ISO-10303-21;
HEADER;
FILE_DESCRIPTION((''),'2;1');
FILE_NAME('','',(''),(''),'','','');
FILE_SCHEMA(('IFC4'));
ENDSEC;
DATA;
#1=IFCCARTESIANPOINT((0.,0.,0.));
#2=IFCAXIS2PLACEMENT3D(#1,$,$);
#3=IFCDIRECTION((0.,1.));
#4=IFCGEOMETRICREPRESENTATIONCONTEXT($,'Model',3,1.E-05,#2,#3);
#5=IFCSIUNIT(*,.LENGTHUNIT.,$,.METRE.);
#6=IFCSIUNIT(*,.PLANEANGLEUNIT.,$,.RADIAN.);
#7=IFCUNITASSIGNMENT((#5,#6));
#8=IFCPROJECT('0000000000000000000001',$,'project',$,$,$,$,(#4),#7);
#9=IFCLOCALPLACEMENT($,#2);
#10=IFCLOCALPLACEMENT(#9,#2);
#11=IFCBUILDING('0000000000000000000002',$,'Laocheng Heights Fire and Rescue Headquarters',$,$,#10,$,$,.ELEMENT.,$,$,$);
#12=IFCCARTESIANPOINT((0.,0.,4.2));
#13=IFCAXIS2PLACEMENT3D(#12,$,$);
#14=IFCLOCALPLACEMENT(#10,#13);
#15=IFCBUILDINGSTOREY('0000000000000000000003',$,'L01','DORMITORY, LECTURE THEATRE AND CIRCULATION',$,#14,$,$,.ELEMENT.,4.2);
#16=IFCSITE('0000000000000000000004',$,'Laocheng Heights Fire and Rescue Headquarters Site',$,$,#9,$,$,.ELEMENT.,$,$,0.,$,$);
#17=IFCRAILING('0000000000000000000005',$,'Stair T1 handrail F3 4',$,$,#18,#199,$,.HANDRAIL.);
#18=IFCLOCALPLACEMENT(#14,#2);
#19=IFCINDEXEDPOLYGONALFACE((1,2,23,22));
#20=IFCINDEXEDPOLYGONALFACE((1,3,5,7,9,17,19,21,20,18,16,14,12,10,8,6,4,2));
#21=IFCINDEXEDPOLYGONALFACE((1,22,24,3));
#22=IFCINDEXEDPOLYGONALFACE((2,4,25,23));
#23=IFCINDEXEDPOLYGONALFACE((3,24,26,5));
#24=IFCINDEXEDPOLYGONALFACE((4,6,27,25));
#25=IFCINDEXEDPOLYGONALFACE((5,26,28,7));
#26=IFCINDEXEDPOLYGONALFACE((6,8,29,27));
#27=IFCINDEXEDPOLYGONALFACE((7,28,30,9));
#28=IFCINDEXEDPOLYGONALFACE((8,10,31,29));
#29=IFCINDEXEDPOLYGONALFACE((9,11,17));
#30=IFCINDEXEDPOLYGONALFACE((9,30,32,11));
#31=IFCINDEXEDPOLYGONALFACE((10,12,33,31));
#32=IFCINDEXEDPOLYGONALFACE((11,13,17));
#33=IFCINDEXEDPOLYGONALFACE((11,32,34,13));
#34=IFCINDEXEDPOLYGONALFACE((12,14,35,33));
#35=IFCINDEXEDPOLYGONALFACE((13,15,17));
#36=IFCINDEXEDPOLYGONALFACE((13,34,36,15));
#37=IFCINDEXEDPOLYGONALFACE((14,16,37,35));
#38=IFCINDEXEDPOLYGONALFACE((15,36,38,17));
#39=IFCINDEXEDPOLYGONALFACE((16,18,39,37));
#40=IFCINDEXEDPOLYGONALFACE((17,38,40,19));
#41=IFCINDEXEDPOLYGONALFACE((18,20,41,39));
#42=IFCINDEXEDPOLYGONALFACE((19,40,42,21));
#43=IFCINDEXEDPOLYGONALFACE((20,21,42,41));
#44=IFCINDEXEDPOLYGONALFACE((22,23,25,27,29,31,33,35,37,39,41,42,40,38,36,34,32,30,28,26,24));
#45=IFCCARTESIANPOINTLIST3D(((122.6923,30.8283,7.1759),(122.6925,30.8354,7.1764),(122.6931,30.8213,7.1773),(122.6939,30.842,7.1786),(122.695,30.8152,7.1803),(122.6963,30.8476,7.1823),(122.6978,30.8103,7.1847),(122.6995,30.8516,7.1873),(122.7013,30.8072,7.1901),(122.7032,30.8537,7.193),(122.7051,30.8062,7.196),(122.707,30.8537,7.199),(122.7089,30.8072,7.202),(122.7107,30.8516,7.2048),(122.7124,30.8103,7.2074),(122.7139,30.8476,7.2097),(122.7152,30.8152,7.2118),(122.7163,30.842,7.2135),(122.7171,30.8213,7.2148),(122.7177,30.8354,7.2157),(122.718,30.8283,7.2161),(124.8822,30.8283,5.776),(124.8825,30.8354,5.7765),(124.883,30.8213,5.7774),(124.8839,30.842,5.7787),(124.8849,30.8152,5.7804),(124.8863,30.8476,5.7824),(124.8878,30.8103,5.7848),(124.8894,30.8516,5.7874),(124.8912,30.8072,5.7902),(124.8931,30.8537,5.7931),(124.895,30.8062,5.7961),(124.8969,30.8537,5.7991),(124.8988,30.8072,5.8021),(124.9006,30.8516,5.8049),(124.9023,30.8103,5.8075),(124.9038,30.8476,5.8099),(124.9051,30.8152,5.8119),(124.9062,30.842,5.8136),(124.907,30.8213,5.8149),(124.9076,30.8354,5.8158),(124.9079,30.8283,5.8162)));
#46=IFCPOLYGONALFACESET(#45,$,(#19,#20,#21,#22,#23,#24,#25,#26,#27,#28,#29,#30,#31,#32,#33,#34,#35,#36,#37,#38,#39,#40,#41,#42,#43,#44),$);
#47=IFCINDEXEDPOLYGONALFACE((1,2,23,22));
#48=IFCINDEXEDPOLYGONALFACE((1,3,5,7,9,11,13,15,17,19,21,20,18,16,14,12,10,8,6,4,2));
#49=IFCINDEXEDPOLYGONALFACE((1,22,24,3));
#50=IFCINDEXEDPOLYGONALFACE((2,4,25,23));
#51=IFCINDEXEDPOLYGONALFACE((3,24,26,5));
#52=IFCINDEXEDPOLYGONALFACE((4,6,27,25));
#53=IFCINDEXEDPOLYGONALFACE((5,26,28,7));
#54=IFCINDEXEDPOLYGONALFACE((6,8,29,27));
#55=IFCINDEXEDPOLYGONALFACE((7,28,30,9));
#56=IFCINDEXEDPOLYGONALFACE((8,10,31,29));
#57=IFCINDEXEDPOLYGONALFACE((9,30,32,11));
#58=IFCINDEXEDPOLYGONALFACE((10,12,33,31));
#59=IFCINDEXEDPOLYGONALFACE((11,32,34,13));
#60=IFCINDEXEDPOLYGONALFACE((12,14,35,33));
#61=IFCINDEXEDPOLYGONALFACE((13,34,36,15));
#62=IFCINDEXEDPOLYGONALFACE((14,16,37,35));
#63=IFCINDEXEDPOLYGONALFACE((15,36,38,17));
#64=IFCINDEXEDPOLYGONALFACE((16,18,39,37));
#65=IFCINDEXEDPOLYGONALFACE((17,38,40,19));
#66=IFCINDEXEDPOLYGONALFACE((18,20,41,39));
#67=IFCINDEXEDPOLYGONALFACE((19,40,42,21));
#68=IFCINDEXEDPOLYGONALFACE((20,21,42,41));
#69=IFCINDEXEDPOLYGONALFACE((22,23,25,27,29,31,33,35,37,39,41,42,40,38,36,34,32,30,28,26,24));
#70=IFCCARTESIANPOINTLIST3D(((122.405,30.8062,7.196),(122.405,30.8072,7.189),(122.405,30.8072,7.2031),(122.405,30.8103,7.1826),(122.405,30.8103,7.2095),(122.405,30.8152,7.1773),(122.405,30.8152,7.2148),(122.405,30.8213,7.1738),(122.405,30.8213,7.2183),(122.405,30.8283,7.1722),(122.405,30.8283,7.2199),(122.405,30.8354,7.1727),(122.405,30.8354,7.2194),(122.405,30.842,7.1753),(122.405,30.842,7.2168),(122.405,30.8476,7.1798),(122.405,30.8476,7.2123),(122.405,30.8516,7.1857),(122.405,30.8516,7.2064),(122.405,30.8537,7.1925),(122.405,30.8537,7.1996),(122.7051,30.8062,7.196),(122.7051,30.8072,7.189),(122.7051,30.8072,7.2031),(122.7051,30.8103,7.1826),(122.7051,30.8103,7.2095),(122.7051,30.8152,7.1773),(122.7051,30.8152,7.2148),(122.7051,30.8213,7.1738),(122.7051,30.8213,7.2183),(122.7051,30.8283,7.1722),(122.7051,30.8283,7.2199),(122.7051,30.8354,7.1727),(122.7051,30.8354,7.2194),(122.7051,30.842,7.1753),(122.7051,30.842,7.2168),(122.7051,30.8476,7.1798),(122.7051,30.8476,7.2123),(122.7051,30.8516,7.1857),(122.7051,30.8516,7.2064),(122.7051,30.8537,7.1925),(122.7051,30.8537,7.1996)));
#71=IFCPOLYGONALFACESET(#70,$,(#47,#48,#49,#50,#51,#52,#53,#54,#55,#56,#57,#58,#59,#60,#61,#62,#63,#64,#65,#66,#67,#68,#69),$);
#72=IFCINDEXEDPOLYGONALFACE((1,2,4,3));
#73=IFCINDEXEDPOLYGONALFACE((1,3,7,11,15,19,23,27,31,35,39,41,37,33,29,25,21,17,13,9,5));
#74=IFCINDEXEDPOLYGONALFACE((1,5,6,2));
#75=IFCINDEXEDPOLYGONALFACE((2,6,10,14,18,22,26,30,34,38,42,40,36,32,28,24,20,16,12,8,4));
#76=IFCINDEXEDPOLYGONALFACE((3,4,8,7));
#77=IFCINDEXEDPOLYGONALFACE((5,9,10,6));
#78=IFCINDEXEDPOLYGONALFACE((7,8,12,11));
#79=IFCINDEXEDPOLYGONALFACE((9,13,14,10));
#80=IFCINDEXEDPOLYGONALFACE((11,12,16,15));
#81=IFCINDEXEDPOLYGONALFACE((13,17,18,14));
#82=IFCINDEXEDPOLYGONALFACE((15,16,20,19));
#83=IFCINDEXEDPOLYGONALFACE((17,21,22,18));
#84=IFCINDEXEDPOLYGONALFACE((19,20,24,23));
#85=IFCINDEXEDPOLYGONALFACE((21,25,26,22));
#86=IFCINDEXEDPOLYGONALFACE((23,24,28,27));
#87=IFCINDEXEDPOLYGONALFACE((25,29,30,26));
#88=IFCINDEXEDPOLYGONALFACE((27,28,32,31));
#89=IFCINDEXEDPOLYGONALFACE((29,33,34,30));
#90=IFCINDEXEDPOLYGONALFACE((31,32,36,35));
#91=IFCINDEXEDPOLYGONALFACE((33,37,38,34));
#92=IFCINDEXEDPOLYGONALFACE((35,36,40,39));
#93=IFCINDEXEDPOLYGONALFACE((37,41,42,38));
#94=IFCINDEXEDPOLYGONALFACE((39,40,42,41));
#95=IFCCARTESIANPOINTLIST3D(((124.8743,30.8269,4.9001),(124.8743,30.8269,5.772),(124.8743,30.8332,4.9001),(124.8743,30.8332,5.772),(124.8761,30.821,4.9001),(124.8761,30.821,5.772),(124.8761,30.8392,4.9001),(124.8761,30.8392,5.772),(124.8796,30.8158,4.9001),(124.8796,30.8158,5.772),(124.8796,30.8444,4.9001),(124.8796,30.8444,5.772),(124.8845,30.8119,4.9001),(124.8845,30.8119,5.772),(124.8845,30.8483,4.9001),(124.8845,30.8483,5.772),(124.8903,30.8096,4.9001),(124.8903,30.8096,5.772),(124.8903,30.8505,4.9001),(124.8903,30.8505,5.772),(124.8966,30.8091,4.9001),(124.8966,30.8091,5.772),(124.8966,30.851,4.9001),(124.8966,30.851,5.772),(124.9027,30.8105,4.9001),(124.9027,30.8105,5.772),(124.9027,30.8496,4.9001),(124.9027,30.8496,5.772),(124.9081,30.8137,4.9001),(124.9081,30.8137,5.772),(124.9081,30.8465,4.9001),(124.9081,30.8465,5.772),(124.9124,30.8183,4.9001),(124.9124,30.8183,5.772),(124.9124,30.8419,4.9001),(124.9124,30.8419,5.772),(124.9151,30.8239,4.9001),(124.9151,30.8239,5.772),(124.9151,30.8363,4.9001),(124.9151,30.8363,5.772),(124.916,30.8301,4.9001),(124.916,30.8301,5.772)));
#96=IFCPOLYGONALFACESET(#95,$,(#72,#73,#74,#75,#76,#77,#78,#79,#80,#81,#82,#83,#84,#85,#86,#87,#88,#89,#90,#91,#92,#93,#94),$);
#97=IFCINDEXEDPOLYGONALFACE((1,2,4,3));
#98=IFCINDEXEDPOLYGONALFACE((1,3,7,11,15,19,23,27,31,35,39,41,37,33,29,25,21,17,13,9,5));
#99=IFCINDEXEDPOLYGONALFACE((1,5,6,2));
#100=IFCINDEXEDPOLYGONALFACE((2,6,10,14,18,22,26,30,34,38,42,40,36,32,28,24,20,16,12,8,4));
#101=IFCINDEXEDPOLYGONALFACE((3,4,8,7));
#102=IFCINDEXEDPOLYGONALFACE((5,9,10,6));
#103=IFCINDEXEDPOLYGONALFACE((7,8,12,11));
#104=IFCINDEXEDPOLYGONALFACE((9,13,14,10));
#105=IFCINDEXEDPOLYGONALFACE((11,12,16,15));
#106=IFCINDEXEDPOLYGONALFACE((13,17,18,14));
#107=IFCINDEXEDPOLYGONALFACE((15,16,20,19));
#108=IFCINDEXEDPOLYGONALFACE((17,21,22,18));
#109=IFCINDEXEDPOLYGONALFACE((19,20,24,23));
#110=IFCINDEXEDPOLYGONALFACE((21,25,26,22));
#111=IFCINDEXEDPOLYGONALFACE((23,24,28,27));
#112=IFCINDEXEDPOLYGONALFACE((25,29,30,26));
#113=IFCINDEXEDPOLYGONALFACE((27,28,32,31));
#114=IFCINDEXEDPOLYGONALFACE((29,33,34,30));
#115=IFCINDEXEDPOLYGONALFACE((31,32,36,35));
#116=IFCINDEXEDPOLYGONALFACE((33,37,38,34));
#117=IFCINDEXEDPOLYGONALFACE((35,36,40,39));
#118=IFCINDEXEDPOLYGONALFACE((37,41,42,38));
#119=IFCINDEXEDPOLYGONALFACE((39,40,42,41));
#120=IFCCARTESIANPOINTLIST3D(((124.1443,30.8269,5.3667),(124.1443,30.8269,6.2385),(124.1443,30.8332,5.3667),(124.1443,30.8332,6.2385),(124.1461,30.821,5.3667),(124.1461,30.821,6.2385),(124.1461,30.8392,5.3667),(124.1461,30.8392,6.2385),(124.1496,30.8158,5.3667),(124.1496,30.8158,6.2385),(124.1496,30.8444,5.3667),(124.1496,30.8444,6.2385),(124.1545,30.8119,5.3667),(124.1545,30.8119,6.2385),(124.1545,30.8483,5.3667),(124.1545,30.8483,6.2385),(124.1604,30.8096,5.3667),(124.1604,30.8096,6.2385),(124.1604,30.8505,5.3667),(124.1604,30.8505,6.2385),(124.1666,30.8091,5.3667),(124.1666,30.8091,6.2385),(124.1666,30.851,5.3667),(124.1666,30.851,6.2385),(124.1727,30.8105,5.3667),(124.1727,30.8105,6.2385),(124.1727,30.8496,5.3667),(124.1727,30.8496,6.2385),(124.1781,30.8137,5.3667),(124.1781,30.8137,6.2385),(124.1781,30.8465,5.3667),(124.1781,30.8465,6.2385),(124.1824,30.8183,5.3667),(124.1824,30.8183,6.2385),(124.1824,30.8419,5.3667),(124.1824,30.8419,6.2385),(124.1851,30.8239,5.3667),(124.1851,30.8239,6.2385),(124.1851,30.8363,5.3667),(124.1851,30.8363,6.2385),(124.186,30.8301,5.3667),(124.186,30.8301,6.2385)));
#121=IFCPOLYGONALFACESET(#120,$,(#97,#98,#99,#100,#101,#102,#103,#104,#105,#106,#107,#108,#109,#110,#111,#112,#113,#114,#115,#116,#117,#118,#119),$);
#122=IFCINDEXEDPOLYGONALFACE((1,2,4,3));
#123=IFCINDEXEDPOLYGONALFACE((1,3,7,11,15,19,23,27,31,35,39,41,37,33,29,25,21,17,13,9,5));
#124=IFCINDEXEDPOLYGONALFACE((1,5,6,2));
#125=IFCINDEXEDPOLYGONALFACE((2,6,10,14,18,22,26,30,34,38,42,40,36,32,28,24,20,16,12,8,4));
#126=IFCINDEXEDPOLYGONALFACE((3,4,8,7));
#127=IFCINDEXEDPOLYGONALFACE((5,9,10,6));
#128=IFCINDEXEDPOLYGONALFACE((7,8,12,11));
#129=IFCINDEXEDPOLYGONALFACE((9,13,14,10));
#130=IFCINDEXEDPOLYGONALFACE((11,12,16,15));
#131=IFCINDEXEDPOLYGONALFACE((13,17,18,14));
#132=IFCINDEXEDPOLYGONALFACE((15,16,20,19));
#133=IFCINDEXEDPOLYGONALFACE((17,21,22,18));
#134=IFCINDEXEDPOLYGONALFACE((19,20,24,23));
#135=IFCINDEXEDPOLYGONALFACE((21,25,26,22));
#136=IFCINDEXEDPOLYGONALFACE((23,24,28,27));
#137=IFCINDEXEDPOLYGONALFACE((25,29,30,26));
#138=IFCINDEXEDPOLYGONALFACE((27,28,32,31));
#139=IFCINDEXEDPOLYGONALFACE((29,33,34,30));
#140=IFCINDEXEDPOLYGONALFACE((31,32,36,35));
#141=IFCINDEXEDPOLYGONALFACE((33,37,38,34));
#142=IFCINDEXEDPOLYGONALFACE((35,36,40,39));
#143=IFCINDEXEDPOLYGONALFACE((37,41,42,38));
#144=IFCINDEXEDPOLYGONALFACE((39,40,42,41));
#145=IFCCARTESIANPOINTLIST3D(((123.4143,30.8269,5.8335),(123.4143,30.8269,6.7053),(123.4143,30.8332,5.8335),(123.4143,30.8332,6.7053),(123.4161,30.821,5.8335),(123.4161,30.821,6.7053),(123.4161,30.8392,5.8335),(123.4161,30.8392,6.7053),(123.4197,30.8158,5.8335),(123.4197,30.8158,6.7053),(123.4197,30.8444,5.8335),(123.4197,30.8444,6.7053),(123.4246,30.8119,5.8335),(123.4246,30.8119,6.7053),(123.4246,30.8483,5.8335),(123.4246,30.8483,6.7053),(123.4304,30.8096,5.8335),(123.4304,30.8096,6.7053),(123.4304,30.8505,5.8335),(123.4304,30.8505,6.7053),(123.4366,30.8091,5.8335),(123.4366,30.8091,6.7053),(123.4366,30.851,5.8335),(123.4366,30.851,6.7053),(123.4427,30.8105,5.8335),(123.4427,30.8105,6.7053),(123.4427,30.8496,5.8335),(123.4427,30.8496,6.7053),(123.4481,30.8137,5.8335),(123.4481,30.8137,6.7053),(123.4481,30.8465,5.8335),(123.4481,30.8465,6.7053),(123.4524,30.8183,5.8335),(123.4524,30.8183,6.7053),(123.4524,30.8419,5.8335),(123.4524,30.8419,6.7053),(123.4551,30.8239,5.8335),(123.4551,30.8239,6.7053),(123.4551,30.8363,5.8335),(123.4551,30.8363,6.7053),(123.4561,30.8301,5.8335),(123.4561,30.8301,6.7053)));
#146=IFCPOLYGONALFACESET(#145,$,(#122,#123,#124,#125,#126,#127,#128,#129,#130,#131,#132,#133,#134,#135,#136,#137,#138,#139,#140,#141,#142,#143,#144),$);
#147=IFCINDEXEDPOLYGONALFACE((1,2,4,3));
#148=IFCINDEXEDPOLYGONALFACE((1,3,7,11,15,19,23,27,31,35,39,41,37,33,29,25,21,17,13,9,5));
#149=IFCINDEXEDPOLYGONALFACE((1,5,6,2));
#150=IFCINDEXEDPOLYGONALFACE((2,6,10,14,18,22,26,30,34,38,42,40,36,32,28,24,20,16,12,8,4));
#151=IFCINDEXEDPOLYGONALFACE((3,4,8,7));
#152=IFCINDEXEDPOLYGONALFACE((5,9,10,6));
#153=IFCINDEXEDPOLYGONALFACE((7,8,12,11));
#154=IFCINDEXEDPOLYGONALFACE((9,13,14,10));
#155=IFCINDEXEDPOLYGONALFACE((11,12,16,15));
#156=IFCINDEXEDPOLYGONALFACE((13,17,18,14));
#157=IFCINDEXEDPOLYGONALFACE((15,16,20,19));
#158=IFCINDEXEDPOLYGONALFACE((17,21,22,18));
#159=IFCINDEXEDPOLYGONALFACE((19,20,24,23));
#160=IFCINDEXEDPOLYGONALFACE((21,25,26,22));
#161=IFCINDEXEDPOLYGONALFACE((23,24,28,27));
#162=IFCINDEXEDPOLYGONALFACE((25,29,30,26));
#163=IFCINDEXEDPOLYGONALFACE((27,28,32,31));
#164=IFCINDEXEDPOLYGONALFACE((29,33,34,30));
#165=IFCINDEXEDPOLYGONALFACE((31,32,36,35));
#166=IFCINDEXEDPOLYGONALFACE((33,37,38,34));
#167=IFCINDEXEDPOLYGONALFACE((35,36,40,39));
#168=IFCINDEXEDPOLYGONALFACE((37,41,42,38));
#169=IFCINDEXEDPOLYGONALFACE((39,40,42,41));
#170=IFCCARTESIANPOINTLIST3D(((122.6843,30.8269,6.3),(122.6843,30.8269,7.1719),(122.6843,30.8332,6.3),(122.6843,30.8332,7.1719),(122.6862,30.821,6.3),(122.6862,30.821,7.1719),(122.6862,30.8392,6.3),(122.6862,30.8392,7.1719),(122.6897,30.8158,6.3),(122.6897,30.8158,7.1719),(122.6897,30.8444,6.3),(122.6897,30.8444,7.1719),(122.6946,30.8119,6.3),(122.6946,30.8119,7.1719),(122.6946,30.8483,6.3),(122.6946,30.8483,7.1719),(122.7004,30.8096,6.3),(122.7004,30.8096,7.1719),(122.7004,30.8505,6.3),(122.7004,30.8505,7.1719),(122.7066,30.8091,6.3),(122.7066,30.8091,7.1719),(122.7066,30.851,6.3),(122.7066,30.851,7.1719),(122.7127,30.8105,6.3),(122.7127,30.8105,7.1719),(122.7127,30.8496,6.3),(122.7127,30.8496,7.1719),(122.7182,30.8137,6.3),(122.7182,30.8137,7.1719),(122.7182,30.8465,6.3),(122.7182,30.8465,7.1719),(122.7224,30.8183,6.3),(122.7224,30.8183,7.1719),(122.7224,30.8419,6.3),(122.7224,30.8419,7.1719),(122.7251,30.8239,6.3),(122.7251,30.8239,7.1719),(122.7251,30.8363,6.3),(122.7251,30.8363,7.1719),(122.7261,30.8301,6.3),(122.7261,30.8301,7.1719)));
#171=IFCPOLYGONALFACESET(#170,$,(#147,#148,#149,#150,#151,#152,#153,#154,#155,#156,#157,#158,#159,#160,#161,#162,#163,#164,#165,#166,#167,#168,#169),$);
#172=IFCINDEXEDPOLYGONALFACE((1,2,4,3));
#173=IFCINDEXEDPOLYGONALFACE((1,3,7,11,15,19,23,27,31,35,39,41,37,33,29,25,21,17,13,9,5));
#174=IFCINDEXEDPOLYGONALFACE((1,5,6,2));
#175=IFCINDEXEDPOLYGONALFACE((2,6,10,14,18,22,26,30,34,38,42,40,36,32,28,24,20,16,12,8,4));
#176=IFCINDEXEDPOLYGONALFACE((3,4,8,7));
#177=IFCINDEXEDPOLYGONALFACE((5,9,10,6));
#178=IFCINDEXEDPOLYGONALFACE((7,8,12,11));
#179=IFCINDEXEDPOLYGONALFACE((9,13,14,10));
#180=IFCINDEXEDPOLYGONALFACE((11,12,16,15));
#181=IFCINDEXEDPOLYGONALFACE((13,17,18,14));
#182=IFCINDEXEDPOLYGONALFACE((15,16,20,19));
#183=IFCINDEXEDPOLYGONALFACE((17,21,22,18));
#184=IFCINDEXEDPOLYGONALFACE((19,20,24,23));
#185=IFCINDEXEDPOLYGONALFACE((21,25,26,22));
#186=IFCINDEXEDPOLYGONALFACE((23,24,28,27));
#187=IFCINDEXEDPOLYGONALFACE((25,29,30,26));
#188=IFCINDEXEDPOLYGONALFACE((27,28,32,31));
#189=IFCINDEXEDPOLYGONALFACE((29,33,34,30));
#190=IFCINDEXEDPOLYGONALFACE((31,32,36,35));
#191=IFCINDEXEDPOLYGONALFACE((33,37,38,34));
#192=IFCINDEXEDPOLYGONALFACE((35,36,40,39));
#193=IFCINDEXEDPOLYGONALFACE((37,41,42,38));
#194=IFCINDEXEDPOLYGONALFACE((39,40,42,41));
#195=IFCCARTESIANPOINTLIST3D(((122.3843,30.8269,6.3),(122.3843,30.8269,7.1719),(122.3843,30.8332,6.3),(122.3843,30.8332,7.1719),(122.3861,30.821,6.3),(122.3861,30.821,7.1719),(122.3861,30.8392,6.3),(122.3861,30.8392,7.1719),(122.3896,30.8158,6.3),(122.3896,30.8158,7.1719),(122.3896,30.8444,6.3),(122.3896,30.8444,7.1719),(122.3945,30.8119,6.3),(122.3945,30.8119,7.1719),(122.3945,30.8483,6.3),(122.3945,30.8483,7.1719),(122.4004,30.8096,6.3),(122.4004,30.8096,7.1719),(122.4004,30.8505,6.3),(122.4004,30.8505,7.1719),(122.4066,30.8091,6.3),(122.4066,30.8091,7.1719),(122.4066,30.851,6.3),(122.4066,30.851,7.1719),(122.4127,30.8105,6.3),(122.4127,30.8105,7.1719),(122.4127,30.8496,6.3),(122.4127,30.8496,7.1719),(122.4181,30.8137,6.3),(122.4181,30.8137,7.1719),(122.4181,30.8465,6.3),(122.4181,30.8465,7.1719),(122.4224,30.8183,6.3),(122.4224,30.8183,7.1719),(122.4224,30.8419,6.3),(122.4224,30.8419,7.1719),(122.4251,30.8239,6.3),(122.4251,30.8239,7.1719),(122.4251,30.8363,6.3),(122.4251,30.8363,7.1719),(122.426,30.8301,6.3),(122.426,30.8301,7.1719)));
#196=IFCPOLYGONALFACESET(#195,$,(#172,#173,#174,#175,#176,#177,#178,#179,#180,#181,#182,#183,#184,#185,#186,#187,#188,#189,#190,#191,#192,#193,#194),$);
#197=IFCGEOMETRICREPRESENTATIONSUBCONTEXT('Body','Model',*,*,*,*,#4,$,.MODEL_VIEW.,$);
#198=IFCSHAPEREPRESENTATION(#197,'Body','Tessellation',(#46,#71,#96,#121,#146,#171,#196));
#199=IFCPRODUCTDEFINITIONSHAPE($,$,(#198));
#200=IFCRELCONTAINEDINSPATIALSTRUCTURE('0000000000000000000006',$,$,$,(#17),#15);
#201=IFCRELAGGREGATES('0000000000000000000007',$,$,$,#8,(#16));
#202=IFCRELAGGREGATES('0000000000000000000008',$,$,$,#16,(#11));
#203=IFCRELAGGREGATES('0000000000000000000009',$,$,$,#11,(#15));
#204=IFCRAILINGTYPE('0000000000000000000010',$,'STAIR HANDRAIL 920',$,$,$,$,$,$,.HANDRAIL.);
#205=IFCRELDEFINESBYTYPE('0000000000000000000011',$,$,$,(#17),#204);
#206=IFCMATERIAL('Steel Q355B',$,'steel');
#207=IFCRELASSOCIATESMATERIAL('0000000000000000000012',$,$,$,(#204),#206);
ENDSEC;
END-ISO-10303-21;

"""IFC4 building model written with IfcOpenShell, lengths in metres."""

from ifc_helpers import new_model, si_unit, direction, frame, origin, origin_2d, place, context, subcontext, project, spatial, circle, extrude, material, type_object, element, save


model = new_model("IFC4")

# Units and contexts
model_context = context("Model", 3, precision=1e-05, world=origin(), true_north=direction((0.0, 1.0)))
body_context = subcontext(model_context, "Body", "Model", "MODEL_VIEW")
ifc_project = project(units=[si_unit("LENGTHUNIT", "METRE"), si_unit("PLANEANGLEUNIT", "RADIAN")], contexts=[model_context])

# Site, building, storey
site_placement = place(None, origin())
site = spatial("IfcSite", under=ifc_project, at=site_placement, Name="Laocheng Heights Fire and Rescue Headquarters Site", CompositionType="ELEMENT", RefElevation=0.0)
building_placement = place(site_placement, origin())
building = spatial("IfcBuilding", under=site, at=building_placement, Name="Laocheng Heights Fire and Rescue Headquarters", CompositionType="ELEMENT")
storey_placement = place(building_placement, frame((0.0, 0.0, 4.2)))
storey = spatial("IfcBuildingStorey", under=building, at=storey_placement, Name="L01", Description="DORMITORY, LECTURE THEATRE AND CIRCULATION", CompositionType="ELEMENT", Elevation=4.2)

# Railing
ifc_material_1 = material(Name="Steel Q355B", Category="steel")
railing_type_1 = type_object("IfcRailingType", Name="STAIR HANDRAIL 920", PredefinedType="HANDRAIL", material=ifc_material_1)
for number, where, name in (
    (1, (124.895, 30.8301, 4.9001), "Stair T1 handrail F3 4"),
):
    element("IfcRailing", number, at=place(storey_placement, frame(where)), inside=storey, type_object=railing_type_1, Name=name, PredefinedType="HANDRAIL", context=body_context, shape_type="SweptSolid", body=[
        extrude(circle(Radius=0.0239, at=origin_2d()), frame((0.0, 0.0, 0.896), z_axis=(-0.842561, 0.0, 0.5386), x_axis=(0.0, -1.0, 0.0)), (0.0, 0.0, 1.0), 2.5991),
        extrude(circle(Radius=0.0239, at=origin_2d()), frame((-2.1899, 0.0, 2.2959), z_axis=(-1.0, 0.0, 0.0), x_axis=(0.0, -1.0, 0.0)), (0.0, 0.0, 1.0), 0.3),
        extrude(circle(Radius=0.021, at=origin_2d()), origin(), (0.0, 0.0, 1.0), 0.8718),
        extrude(circle(Radius=0.021, at=origin_2d()), frame((-0.73, 0.0, 0.4666)), (0.0, 0.0, 1.0), 0.8718),
        extrude(circle(Radius=0.021, at=origin_2d()), frame((-1.46, 0.0, 0.9333)), (0.0, 0.0, 1.0), 0.8718),
        extrude(circle(Radius=0.021, at=origin_2d()), frame((-2.1899, 0.0, 1.3999)), (0.0, 0.0, 1.0), 0.8718),
        extrude(circle(Radius=0.021, at=origin_2d()), frame((-2.49, 0.0, 1.3999)), (0.0, 0.0, 1.0), 0.8718),
    ])

save(model, "model.ifc")
